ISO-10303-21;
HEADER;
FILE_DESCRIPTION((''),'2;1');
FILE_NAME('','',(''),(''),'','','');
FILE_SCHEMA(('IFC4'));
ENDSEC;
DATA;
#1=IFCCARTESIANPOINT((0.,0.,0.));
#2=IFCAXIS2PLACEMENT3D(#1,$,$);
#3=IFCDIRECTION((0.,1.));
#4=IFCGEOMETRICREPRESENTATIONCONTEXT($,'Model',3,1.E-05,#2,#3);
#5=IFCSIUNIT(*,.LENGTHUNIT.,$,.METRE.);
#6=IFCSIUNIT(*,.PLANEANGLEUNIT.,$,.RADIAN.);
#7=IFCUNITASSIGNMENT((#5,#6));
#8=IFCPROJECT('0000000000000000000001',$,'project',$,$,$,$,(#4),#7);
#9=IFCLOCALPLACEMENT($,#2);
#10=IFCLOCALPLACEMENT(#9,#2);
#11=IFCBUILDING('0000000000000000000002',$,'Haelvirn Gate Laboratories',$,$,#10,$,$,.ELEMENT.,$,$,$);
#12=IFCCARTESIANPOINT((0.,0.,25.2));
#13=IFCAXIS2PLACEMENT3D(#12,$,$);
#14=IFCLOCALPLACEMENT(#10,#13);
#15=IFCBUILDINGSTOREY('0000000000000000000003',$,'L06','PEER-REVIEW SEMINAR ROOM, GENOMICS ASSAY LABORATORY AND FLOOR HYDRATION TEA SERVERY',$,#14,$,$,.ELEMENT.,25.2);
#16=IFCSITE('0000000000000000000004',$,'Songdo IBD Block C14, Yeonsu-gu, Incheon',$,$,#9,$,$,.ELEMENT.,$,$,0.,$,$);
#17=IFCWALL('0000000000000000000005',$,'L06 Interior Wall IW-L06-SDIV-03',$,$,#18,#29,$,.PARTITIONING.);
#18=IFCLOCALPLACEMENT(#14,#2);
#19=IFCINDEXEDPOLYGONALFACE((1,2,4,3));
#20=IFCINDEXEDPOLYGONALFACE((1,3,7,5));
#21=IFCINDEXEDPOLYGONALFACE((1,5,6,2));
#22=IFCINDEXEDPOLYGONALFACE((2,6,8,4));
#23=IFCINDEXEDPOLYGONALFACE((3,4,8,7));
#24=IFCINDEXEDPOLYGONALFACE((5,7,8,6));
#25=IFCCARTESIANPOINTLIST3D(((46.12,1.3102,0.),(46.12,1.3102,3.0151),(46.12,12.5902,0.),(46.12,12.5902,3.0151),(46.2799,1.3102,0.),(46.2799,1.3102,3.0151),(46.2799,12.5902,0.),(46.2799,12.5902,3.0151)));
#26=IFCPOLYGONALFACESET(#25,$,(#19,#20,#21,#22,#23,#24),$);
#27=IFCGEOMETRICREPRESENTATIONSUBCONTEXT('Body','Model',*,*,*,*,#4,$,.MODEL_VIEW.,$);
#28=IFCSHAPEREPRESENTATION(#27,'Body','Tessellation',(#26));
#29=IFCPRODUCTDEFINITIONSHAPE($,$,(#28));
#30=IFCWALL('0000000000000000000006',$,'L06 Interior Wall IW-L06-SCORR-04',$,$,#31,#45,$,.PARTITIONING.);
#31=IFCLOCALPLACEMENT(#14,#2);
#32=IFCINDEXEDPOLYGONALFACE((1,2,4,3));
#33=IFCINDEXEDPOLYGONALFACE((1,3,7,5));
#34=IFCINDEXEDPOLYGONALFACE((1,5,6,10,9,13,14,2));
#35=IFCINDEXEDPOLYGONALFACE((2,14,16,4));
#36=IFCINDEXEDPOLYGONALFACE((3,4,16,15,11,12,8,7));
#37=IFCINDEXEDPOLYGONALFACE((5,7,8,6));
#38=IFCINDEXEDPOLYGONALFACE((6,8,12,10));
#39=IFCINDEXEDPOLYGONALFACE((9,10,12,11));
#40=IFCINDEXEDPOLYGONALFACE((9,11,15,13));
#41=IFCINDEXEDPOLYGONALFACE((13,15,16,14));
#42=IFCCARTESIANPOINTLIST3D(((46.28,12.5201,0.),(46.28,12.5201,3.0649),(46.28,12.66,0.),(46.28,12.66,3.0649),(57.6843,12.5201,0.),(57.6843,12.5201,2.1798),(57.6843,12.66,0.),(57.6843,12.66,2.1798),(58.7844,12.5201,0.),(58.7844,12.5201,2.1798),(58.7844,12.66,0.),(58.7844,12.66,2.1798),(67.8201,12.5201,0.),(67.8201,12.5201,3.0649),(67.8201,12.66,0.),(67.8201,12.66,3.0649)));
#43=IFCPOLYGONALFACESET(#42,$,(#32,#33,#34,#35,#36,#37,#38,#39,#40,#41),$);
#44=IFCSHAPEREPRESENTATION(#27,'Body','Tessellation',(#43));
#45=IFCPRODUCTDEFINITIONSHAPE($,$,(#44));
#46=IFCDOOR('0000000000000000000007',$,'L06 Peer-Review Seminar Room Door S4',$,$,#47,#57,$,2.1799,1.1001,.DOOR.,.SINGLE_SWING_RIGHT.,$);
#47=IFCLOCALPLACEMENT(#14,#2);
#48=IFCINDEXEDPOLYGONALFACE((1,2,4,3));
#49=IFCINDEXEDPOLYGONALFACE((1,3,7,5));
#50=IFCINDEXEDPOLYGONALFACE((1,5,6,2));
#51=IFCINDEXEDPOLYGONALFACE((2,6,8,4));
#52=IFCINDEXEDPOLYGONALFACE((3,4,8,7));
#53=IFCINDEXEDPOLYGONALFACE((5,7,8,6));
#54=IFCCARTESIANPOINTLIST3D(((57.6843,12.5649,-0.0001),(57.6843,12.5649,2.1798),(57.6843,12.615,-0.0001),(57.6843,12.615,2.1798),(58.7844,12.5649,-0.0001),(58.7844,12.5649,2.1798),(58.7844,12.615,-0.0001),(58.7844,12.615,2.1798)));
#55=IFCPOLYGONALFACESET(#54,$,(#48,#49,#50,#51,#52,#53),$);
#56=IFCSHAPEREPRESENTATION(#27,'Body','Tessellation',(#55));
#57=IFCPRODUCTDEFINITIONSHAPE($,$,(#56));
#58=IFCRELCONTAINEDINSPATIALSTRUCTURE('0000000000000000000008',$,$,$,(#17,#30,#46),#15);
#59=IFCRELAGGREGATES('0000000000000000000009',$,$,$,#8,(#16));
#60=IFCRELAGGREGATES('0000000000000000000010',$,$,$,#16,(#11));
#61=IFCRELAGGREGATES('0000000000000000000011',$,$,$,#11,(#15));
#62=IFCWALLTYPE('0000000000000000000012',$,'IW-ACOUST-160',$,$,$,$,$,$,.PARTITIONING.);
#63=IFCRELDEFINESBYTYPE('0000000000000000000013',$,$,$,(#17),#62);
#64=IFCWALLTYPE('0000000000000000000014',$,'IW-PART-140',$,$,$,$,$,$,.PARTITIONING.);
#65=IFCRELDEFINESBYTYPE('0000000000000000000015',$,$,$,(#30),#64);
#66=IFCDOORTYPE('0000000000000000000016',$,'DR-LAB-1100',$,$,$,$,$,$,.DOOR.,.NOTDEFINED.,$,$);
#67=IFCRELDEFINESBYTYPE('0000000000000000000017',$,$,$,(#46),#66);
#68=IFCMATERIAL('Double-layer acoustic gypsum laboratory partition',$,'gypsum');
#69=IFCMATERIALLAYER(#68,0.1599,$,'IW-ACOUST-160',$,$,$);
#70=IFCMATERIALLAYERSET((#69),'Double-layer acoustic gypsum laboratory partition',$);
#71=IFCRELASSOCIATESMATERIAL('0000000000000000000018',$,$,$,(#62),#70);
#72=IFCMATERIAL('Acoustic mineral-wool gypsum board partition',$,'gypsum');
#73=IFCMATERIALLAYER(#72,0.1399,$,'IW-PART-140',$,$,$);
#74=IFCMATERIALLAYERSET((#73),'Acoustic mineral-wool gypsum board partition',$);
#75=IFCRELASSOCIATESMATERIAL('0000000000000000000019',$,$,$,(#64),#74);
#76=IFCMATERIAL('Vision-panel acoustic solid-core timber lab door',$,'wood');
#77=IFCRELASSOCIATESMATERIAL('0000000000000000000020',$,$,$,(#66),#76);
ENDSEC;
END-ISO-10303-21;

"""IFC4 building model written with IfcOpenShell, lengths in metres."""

from ifc_helpers import new_model, si_unit, direction, frame, frame_2d, origin, place, context, subcontext, project, spatial, rectangle, extrude, source, transform, mapped, material, layer, layer_set, type_object, type_shapes, element, fill, save


model = new_model("IFC4")

# Units and contexts
model_context = context("Model", 3, precision=1e-05, world=origin(), true_north=direction((0.0, 1.0)))
body_context = subcontext(model_context, "Body", "Model", "MODEL_VIEW")
ifc_project = project(units=[si_unit("LENGTHUNIT", "METRE"), si_unit("PLANEANGLEUNIT", "RADIAN")], contexts=[model_context])

# Site, building, storey
site_placement = place(None, origin())
site = spatial("IfcSite", under=ifc_project, at=site_placement, Name="Songdo IBD Block C14, Yeonsu-gu, Incheon", CompositionType="ELEMENT", RefElevation=0.0)
building_placement = place(site_placement, origin())
building = spatial("IfcBuilding", under=site, at=building_placement, Name="Haelvirn Gate Laboratories", CompositionType="ELEMENT")
storey_placement = place(building_placement, frame((0.0, 0.0, 25.2)))
storey = spatial("IfcBuildingStorey", under=building, at=storey_placement, Name="L06", Description="PEER-REVIEW SEMINAR ROOM, GENOMICS ASSAY LABORATORY AND FLOOR HYDRATION TEA SERVERY", CompositionType="ELEMENT", Elevation=25.2)

# Wall
ifc_material_1 = material(Name="Double-layer acoustic gypsum laboratory partition", Category="gypsum")
ifc_layer_1 = layer(ifc_material_1, 0.1599, Name="IW-ACOUST-160")
ifc_layer_set_1 = layer_set([ifc_layer_1], Name="Double-layer acoustic gypsum laboratory partition")
wall_type_1 = type_object("IfcWallType", Name="IW-ACOUST-160", PredefinedType="PARTITIONING", material=ifc_layer_set_1)
wall_1_placement = place(storey_placement, frame((46.2, 1.3101, 0.0), z_axis=(0.0, 0.0, 1.0), x_axis=(0.0, 1.0, 0.0)))
element("IfcWall", 1, at=wall_1_placement, inside=storey, type_object=wall_type_1, Name="L06 Interior Wall IW-L06-SDIV-03", PredefinedType="PARTITIONING", context=body_context, shape_type="SweptSolid", body=[
    extrude(rectangle(XDim=11.28, YDim=0.1599, at=frame_2d((5.6401, 0.0))), origin(), (0.0, 0.0, 1.0), 3.0151),
])

# Wall, opening, door
ifc_material_2 = material(Name="Acoustic mineral-wool gypsum board partition", Category="gypsum")
ifc_layer_2 = layer(ifc_material_2, 0.1399, Name="IW-PART-140")
ifc_layer_set_2 = layer_set([ifc_layer_2], Name="Acoustic mineral-wool gypsum board partition")
wall_type_2 = type_object("IfcWallType", Name="IW-PART-140", PredefinedType="PARTITIONING", material=ifc_layer_set_2)
wall_2_placement = place(storey_placement, frame((46.28, 12.5901, 0.0), z_axis=(0.0, 0.0, 1.0), x_axis=(1.0, 0.0, 0.0)))
wall_2 = element("IfcWall", 2, at=wall_2_placement, inside=storey, type_object=wall_type_2, Name="L06 Interior Wall IW-L06-SCORR-04", PredefinedType="PARTITIONING", context=body_context, shape_type="SweptSolid", body=[
    extrude(rectangle(XDim=21.54, YDim=0.1399, at=frame_2d((10.77, 0.0))), origin(), (0.0, 0.0, 1.0), 3.0649),
])
opening_placement = place(wall_2_placement, frame((11.4043, 0.0, 0.0)))
opening = element("IfcOpeningElement", 3, at=opening_placement, cuts=wall_2, PredefinedType="OPENING", context=body_context, shape_type="SweptSolid", body=[
    extrude(rectangle(XDim=1.1001, YDim=2.1799, at=frame_2d((0.55, 1.0898))), frame((0.0, 0.0801, 0.0), z_axis=(0.0, -1.0, 0.0), x_axis=(1.0, 0.0, 0.0)), (0.0, 0.0, 1.0), 0.1599),
])
ifc_material_3 = material(Name="Vision-panel acoustic solid-core timber lab door", Category="wood")
door_type = type_object("IfcDoorType", Name="DR-LAB-1100", OperationType="NOTDEFINED", PredefinedType="DOOR", material=ifc_material_3)
shared_shape_1 = source(origin(), body_context, "Body", "SweptSolid", [
    extrude(rectangle(XDim=1.1001, YDim=2.1799, at=frame_2d((0.55, 1.0898))), frame((0.0, 0.0249, 0.0), z_axis=(0.0, -1.0, 0.0), x_axis=(1.0, 0.0, 0.0)), (0.0, 0.0, 1.0), 0.05),
])
type_shapes(door_type, [shared_shape_1])
door_placement = place(opening_placement, origin())
door = element("IfcDoor", 4, at=door_placement, inside=storey, type_object=door_type, Name="L06 Peer-Review Seminar Room Door S4", OperationType="SINGLE_SWING_RIGHT", OverallHeight=2.1799, OverallWidth=1.1001, PredefinedType="DOOR", context=body_context, shape_type="MappedRepresentation", body=[
    mapped(shared_shape_1, transform((0.0, 0.0, 0.0), scale=1.0)),
])
fill(opening, door)

save(model, "model.ifc")
